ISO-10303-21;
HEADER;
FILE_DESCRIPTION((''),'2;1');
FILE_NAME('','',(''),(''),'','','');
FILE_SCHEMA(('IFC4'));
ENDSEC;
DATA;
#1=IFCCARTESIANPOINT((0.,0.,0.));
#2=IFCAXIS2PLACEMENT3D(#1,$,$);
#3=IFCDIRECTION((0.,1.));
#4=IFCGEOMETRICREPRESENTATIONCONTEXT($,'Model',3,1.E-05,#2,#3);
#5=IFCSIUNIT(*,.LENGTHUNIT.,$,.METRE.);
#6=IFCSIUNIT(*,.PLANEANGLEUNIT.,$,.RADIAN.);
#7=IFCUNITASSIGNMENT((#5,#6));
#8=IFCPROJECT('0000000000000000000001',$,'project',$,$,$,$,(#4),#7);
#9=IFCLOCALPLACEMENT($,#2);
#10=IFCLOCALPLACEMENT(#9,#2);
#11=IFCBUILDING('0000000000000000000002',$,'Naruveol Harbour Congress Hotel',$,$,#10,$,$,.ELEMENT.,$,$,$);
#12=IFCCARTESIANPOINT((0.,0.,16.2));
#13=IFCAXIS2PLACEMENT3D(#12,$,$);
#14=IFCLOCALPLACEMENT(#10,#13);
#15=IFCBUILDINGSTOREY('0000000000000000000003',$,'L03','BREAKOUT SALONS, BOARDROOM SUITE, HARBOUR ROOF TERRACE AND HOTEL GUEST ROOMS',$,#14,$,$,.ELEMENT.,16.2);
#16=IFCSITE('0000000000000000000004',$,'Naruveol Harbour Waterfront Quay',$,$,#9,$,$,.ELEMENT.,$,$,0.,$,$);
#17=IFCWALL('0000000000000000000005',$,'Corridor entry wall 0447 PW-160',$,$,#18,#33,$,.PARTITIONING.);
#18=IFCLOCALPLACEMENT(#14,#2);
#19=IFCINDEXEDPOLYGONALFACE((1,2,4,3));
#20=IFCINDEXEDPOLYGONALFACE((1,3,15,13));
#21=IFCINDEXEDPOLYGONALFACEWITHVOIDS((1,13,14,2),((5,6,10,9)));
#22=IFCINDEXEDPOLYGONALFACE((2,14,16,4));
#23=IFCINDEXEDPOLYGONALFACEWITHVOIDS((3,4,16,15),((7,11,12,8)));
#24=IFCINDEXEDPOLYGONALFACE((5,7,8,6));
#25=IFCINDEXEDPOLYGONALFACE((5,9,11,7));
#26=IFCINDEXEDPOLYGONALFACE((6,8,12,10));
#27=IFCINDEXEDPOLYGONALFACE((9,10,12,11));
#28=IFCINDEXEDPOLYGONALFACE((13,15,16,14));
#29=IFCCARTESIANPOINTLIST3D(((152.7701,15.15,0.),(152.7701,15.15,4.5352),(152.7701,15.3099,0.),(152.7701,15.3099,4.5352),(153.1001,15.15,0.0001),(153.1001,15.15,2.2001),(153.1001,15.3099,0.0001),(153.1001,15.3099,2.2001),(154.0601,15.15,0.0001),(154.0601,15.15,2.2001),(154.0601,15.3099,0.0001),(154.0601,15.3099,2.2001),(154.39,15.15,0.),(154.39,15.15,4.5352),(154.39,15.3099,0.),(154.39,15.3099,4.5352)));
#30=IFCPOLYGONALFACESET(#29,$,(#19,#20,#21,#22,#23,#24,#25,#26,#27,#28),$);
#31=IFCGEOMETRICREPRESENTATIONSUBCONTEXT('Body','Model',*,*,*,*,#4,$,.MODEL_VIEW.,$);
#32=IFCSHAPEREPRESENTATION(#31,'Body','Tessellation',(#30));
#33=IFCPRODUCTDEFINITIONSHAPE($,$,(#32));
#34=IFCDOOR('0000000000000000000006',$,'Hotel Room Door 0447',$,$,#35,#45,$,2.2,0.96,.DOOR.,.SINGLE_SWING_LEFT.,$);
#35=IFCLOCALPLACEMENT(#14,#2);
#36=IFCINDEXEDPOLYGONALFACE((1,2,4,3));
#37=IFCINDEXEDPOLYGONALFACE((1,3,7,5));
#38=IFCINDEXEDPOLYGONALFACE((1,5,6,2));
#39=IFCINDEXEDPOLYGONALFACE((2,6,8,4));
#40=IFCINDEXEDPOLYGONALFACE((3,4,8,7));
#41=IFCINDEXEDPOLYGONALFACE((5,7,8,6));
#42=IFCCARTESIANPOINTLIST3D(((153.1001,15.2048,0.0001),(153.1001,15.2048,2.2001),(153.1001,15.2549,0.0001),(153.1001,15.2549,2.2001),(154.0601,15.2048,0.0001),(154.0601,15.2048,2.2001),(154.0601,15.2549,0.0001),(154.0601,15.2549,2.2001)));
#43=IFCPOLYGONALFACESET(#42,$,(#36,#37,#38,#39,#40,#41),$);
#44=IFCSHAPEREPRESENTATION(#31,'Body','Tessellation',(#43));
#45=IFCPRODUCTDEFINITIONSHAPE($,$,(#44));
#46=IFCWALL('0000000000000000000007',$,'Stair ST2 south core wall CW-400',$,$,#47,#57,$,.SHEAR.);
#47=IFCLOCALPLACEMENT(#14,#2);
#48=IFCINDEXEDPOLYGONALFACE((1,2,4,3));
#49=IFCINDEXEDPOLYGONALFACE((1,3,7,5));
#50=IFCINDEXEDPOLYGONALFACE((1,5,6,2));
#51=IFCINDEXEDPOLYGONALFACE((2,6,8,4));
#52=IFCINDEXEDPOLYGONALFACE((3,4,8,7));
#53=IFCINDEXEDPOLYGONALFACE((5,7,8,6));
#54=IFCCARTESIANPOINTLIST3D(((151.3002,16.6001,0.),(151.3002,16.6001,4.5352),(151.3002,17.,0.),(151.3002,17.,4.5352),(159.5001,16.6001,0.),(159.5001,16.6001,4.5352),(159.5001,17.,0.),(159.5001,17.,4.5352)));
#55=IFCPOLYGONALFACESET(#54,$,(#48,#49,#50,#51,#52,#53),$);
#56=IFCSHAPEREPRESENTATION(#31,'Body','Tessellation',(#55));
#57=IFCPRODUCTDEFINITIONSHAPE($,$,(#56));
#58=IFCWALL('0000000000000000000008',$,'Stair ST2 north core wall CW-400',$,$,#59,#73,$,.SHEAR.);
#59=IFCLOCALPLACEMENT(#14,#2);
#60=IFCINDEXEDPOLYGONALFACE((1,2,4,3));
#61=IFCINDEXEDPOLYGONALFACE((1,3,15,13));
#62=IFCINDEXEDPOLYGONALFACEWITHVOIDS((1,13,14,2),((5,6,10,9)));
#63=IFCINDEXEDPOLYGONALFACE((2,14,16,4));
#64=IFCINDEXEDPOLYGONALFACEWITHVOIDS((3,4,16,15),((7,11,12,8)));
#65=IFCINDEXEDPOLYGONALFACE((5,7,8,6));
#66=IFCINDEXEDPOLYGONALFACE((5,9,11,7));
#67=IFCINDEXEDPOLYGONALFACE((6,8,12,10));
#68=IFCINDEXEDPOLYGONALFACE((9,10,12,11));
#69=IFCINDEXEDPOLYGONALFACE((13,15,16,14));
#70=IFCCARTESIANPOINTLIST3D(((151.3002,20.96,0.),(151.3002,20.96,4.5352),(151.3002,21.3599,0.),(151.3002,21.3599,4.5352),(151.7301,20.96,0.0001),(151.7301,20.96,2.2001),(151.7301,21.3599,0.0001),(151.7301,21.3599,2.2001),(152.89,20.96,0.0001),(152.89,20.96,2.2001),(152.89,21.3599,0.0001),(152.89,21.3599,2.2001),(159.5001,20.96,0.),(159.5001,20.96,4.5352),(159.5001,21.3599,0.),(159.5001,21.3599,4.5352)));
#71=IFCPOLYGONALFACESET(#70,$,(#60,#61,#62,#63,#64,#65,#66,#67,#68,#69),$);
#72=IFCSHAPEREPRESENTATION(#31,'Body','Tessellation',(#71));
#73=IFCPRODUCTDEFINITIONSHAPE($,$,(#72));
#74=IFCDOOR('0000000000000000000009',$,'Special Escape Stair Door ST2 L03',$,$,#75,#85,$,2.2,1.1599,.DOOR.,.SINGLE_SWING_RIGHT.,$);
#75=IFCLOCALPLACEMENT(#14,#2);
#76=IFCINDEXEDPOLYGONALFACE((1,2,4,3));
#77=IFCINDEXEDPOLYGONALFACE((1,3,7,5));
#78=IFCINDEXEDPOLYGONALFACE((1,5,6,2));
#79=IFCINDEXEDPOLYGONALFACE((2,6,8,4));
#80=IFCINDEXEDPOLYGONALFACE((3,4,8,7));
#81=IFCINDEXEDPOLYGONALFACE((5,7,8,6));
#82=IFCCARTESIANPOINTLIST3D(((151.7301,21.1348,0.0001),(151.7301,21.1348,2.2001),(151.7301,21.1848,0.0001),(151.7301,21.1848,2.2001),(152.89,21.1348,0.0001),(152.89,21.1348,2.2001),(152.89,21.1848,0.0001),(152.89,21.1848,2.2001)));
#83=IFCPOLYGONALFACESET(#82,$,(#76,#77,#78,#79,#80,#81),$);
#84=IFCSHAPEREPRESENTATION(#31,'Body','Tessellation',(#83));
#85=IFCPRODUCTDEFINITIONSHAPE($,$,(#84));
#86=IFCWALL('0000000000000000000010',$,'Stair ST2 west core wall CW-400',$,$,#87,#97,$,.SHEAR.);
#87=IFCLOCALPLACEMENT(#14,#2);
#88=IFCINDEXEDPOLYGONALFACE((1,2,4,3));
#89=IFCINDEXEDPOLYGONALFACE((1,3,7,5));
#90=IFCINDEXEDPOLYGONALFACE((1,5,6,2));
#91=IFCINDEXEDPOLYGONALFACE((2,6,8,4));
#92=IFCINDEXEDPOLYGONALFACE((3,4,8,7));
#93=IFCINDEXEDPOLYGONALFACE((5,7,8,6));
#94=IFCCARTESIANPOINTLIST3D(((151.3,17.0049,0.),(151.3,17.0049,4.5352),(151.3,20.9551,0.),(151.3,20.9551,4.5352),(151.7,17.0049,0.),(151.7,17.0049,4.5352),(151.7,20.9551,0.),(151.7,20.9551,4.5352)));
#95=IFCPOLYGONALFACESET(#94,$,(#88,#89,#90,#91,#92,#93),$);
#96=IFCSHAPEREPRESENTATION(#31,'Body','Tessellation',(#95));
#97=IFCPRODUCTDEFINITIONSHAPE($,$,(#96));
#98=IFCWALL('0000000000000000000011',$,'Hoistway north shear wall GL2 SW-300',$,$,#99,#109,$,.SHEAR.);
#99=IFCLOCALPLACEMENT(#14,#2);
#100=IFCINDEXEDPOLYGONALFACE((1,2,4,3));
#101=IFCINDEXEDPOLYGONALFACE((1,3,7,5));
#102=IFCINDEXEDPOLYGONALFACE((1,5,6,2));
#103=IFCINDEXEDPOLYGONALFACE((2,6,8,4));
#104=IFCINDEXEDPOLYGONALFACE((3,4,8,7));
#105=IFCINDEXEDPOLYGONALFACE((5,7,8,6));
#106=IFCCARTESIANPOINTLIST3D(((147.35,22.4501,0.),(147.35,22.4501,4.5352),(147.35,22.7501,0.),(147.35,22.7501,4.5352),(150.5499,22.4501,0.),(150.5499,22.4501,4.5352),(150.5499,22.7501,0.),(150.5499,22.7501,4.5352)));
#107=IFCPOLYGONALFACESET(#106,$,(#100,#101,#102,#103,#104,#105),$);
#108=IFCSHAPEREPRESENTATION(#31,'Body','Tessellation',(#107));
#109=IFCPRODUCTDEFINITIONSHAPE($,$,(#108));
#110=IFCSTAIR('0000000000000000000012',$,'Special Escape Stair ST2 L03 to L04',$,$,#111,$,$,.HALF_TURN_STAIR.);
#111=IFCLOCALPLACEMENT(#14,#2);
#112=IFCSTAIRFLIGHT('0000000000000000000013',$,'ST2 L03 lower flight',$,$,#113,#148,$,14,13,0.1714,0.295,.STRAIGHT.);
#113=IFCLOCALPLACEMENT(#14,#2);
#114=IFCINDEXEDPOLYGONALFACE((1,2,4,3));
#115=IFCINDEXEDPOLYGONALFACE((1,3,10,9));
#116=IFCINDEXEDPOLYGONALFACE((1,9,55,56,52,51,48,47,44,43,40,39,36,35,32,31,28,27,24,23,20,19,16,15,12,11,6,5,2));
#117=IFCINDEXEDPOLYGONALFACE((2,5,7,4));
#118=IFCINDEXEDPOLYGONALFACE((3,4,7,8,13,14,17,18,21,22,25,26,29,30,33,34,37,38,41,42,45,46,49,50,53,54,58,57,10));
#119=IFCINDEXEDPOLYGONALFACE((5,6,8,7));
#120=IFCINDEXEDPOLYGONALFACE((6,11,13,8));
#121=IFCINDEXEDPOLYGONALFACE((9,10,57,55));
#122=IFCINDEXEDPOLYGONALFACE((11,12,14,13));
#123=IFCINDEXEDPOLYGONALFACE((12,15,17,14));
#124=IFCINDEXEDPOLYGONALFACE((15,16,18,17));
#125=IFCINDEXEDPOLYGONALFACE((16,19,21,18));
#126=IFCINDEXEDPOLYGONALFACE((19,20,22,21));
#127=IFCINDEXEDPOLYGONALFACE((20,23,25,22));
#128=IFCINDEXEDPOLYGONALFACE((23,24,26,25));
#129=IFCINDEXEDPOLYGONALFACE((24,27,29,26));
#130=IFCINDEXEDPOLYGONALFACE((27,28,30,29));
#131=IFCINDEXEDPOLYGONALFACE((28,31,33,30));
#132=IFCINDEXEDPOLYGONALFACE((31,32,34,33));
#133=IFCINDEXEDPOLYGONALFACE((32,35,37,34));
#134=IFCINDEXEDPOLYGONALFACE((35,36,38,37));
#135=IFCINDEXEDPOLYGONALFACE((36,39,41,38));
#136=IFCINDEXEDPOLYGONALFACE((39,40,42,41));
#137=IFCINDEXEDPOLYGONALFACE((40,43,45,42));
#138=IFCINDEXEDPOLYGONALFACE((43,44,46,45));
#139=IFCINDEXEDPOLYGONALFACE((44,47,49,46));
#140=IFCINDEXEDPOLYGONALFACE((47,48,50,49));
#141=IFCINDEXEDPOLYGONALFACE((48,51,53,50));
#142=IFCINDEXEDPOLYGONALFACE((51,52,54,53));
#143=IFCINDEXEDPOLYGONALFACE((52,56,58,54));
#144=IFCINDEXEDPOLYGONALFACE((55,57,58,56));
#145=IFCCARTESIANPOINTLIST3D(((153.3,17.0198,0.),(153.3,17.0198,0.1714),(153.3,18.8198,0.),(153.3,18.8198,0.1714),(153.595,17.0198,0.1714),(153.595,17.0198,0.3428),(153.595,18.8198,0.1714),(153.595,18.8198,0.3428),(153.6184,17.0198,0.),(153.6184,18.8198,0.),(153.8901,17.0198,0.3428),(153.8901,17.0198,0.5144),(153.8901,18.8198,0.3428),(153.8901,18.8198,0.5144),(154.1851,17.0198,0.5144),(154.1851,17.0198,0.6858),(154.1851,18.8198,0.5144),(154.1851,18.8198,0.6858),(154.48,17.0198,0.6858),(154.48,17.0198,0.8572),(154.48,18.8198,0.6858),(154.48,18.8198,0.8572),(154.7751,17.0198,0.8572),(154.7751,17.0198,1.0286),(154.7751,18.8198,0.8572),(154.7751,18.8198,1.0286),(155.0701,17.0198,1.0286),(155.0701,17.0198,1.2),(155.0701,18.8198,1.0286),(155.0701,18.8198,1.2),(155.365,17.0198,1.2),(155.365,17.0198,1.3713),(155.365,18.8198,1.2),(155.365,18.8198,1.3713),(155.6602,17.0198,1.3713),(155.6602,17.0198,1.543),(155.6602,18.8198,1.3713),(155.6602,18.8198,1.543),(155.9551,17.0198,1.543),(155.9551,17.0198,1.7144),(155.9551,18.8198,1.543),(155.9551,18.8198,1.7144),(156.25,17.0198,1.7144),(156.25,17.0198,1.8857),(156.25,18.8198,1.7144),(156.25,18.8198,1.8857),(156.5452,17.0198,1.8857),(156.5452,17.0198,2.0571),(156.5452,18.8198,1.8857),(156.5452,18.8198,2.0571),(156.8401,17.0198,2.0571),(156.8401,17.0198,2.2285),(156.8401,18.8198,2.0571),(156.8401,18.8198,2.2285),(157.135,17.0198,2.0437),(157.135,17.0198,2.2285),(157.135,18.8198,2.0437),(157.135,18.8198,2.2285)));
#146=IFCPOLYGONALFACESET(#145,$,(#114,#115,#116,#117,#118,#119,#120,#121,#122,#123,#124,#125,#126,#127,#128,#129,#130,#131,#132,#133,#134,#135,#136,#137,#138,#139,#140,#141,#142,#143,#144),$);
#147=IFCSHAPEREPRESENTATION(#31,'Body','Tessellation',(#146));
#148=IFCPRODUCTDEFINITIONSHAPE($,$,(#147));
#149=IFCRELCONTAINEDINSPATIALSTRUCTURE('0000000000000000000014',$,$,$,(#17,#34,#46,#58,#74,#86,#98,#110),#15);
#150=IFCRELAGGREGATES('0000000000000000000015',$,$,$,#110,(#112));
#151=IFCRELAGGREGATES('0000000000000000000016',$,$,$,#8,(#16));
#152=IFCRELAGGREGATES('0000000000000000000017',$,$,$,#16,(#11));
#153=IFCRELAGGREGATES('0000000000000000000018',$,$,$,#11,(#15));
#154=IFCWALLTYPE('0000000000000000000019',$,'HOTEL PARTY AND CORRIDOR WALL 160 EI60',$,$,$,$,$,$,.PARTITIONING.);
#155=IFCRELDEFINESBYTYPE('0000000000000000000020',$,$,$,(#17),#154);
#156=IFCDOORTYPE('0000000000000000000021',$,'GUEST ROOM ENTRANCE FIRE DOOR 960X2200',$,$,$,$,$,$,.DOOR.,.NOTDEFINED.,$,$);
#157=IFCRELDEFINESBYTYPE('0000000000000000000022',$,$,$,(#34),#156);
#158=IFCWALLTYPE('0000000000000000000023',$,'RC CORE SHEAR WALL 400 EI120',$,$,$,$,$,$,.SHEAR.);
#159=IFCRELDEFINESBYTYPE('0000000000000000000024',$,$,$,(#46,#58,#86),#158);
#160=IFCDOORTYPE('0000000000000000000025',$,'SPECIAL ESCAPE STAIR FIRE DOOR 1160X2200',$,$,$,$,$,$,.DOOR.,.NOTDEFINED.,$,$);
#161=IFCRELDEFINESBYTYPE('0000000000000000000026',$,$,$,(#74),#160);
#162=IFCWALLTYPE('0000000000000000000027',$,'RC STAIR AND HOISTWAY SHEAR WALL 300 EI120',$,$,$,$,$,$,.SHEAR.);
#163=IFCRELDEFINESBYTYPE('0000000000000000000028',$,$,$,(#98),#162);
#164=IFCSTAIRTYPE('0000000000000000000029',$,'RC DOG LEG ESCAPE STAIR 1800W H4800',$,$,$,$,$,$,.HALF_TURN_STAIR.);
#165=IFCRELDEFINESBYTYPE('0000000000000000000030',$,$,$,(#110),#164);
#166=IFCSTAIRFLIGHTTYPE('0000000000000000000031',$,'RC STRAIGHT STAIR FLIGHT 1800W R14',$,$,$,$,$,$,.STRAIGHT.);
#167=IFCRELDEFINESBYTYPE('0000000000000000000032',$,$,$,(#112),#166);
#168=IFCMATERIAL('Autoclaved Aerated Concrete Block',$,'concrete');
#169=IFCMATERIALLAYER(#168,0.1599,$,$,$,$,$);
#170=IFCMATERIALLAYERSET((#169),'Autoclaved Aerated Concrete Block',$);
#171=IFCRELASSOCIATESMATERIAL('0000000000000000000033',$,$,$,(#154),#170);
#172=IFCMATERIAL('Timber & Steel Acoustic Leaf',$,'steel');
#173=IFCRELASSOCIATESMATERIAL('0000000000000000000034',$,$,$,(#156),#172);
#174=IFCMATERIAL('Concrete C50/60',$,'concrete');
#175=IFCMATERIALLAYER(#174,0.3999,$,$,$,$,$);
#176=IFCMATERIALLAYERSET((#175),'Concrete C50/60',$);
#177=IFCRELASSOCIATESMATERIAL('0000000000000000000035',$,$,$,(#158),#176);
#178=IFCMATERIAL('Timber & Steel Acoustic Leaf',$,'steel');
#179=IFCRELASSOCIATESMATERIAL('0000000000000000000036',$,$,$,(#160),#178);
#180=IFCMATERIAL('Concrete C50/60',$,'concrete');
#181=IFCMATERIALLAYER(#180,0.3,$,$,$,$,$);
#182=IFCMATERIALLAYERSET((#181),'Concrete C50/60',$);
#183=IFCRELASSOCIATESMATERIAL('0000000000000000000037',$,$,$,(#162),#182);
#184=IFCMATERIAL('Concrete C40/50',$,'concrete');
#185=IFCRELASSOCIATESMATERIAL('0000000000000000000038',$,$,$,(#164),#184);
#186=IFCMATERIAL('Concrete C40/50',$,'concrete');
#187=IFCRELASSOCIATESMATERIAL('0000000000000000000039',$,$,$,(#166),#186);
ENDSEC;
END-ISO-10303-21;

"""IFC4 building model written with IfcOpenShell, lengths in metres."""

from ifc_helpers import new_model, si_unit, direction, frame, frame_2d, origin, place, context, subcontext, project, spatial, polyline, rectangle, outline, extrude, material, layer, layer_set, type_object, element, fill, aggregate, save


model = new_model("IFC4")

# Units and contexts
model_context = context("Model", 3, precision=1e-05, world=origin(), true_north=direction((0.0, 1.0)))
body_context = subcontext(model_context, "Body", "Model", "MODEL_VIEW")
ifc_project = project(units=[si_unit("LENGTHUNIT", "METRE"), si_unit("PLANEANGLEUNIT", "RADIAN")], contexts=[model_context])

# Site, building, storey
site_placement = place(None, origin())
site = spatial("IfcSite", under=ifc_project, at=site_placement, Name="Naruveol Harbour Waterfront Quay", CompositionType="ELEMENT", RefElevation=0.0)
building_placement = place(site_placement, origin())
building = spatial("IfcBuilding", under=site, at=building_placement, Name="Naruveol Harbour Congress Hotel", CompositionType="ELEMENT")
storey_placement = place(building_placement, frame((0.0, 0.0, 16.2)))
storey = spatial("IfcBuildingStorey", under=building, at=storey_placement, Name="L03", Description="BREAKOUT SALONS, BOARDROOM SUITE, HARBOUR ROOF TERRACE AND HOTEL GUEST ROOMS", CompositionType="ELEMENT", Elevation=16.2)

# Shared definitions
ifc_material_1 = material(Name="Autoclaved Aerated Concrete Block", Category="concrete")
ifc_layer_1 = layer(ifc_material_1, 0.1599)
ifc_layer_set_1 = layer_set([ifc_layer_1], Name="Autoclaved Aerated Concrete Block")
wall_type_1 = type_object("IfcWallType", Name="HOTEL PARTY AND CORRIDOR WALL 160 EI60", PredefinedType="PARTITIONING", material=ifc_layer_set_1)

# Wall, opening, door
wall_1_placement = place(storey_placement, frame((152.77, 15.23, 0.0), z_axis=(0.0, 0.0, 1.0), x_axis=(1.0, 0.0, 0.0)))
wall_1 = element("IfcWall", 1, at=wall_1_placement, inside=storey, type_object=wall_type_1, Name="Corridor entry wall 0447 PW-160", PredefinedType="PARTITIONING", context=body_context, shape_type="SweptSolid", body=[
    extrude(rectangle(XDim=1.6199, YDim=0.1599, at=frame_2d((0.8101, 0.0))), origin(), (0.0, 0.0, 1.0), 4.5352),
])
opening_1_placement = place(wall_1_placement, frame((0.3301, 0.0, 0.0)))
opening_1 = element("IfcOpeningElement", 2, at=opening_1_placement, cuts=wall_1, PredefinedType="OPENING", context=body_context, shape_type="SweptSolid", body=[
    extrude(rectangle(XDim=0.96, YDim=2.2, at=frame_2d((0.48, 1.1001))), frame((0.0, 0.0898, 0.0), z_axis=(0.0, -1.0, 0.0), x_axis=(1.0, 0.0, 0.0)), (0.0, 0.0, 1.0), 0.1799),
])
ifc_material_2 = material(Name="Timber & Steel Acoustic Leaf", Category="steel")
door_type_1 = type_object("IfcDoorType", Name="GUEST ROOM ENTRANCE FIRE DOOR 960X2200", OperationType="NOTDEFINED", PredefinedType="DOOR", material=ifc_material_2)
door_1_placement = place(opening_1_placement, origin())
door_1 = element("IfcDoor", 3, at=door_1_placement, inside=storey, type_object=door_type_1, Name="Hotel Room Door 0447", OperationType="SINGLE_SWING_LEFT", OverallHeight=2.2, OverallWidth=0.96, PredefinedType="DOOR", context=body_context, shape_type="SweptSolid", body=[
    extrude(rectangle(XDim=0.96, YDim=2.2, at=frame_2d((0.48, 1.1001))), frame((0.0, 0.0249, 0.0), z_axis=(0.0, -1.0, 0.0), x_axis=(1.0, 0.0, 0.0)), (0.0, 0.0, 1.0), 0.05),
])
fill(opening_1, door_1)

# Wall
ifc_material_3 = material(Name="Concrete C50/60", Category="concrete")
ifc_layer_2 = layer(ifc_material_3, 0.3999)
ifc_layer_set_2 = layer_set([ifc_layer_2], Name="Concrete C50/60")
wall_type_2 = type_object("IfcWallType", Name="RC CORE SHEAR WALL 400 EI120", PredefinedType="SHEAR", material=ifc_layer_set_2)
wall_2_placement = place(storey_placement, frame((151.3, 16.8, 0.0), z_axis=(0.0, 0.0, 1.0), x_axis=(1.0, 0.0, 0.0)))
element("IfcWall", 4, at=wall_2_placement, inside=storey, type_object=wall_type_2, Name="Stair ST2 south core wall CW-400", PredefinedType="SHEAR", context=body_context, shape_type="SweptSolid", body=[
    extrude(rectangle(XDim=8.2, YDim=0.3999, at=frame_2d((4.1001, 0.0))), origin(), (0.0, 0.0, 1.0), 4.5352),
])

# Wall, opening, door
wall_3_placement = place(storey_placement, frame((151.3, 21.1599, 0.0), z_axis=(0.0, 0.0, 1.0), x_axis=(1.0, 0.0, 0.0)))
wall_3 = element("IfcWall", 5, at=wall_3_placement, inside=storey, type_object=wall_type_2, Name="Stair ST2 north core wall CW-400", PredefinedType="SHEAR", context=body_context, shape_type="SweptSolid", body=[
    extrude(rectangle(XDim=8.2, YDim=0.3999, at=frame_2d((4.1001, 0.0))), origin(), (0.0, 0.0, 1.0), 4.5352),
])
opening_2_placement = place(wall_3_placement, frame((0.4299, 0.0, 0.0)))
opening_2 = element("IfcOpeningElement", 6, at=opening_2_placement, cuts=wall_3, PredefinedType="OPENING", context=body_context, shape_type="SweptSolid", body=[
    extrude(rectangle(XDim=1.1599, YDim=2.2, at=frame_2d((0.5801, 1.1001))), frame((0.0, 0.21, 0.0), z_axis=(0.0, -1.0, 0.0), x_axis=(1.0, 0.0, 0.0)), (0.0, 0.0, 1.0), 0.4199),
])
ifc_material_4 = material(Name="Timber & Steel Acoustic Leaf", Category="steel")
door_type_2 = type_object("IfcDoorType", Name="SPECIAL ESCAPE STAIR FIRE DOOR 1160X2200", OperationType="NOTDEFINED", PredefinedType="DOOR", material=ifc_material_4)
door_2_placement = place(opening_2_placement, origin())
door_2 = element("IfcDoor", 7, at=door_2_placement, inside=storey, type_object=door_type_2, Name="Special Escape Stair Door ST2 L03", OperationType="SINGLE_SWING_RIGHT", OverallHeight=2.2, OverallWidth=1.1599, PredefinedType="DOOR", context=body_context, shape_type="SweptSolid", body=[
    extrude(rectangle(XDim=1.1599, YDim=2.2, at=frame_2d((0.5801, 1.1001))), frame((0.0, 0.0249, 0.0), z_axis=(0.0, -1.0, 0.0), x_axis=(1.0, 0.0, 0.0)), (0.0, 0.0, 1.0), 0.05),
])
fill(opening_2, door_2)

# Walls
wall_4_placement = place(storey_placement, frame((151.5, 17.0049, 0.0), z_axis=(0.0, 0.0, 1.0), x_axis=(0.0, 1.0, 0.0)))
element("IfcWall", 8, at=wall_4_placement, inside=storey, type_object=wall_type_2, Name="Stair ST2 west core wall CW-400", PredefinedType="SHEAR", context=body_context, shape_type="SweptSolid", body=[
    extrude(rectangle(XDim=3.9502, YDim=0.3999, at=frame_2d((1.9751, 0.0))), origin(), (0.0, 0.0, 1.0), 4.5352),
])
ifc_material_5 = material(Name="Concrete C50/60", Category="concrete")
ifc_layer_3 = layer(ifc_material_5, 0.3)
ifc_layer_set_3 = layer_set([ifc_layer_3], Name="Concrete C50/60")
wall_type_3 = type_object("IfcWallType", Name="RC STAIR AND HOISTWAY SHEAR WALL 300 EI120", PredefinedType="SHEAR", material=ifc_layer_set_3)
wall_5_placement = place(storey_placement, frame((150.55, 22.6001, 0.0), z_axis=(0.0, 0.0, 1.0), x_axis=(-1.0, 0.0, 0.0)))
element("IfcWall", 9, at=wall_5_placement, inside=storey, type_object=wall_type_3, Name="Hoistway north shear wall GL2 SW-300", PredefinedType="SHEAR", context=body_context, shape_type="SweptSolid", body=[
    extrude(rectangle(XDim=3.2, YDim=0.3, at=frame_2d((1.6001, 0.0))), origin(), (0.0, 0.0, 1.0), 4.5352),
])

# Stair, stair flight
ifc_material_6 = material(Name="Concrete C40/50", Category="concrete")
stair_type = type_object("IfcStairType", Name="RC DOG LEG ESCAPE STAIR 1800W H4800", PredefinedType="HALF_TURN_STAIR", material=ifc_material_6)
stair_placement = place(storey_placement, origin())
stair = element("IfcStair", 10, at=stair_placement, inside=storey, type_object=stair_type, Name="Special Escape Stair ST2 L03 to L04", PredefinedType="HALF_TURN_STAIR")
ifc_material_7 = material(Name="Concrete C40/50", Category="concrete")
stair_flight_type = type_object("IfcStairFlightType", Name="RC STRAIGHT STAIR FLIGHT 1800W R14", PredefinedType="STRAIGHT", material=ifc_material_7)
stair_flight_placement = place(storey_placement, frame((153.3, 17.9199, 0.0), z_axis=(0.0, 0.0, 1.0), x_axis=(1.0, 0.0, 0.0)))
stair_flight = element("IfcStairFlight", 11, at=stair_flight_placement, type_object=stair_flight_type, Name="ST2 L03 lower flight", NumberOfRisers=14, NumberOfTreads=13, PredefinedType="STRAIGHT", RiserHeight=0.1714, TreadLength=0.295, context=body_context, shape_type="SweptSolid", body=[
    extrude(outline(polyline([(0.0, 0.0), (0.0, 0.1714), (0.2949, 0.1714), (0.2949, 0.3428), (0.5901, 0.3428), (0.5901, 0.5144), (0.885, 0.5144), (0.885, 0.6858), (1.1799, 0.6858), (1.1799, 0.8572), (1.4751, 0.8572), (1.4751, 1.0286), (1.77, 1.0286), (1.77, 1.2), (2.0649, 1.2), (2.0649, 1.3713), (2.3601, 1.3713), (2.3601, 1.543), (2.655, 1.543), (2.655, 1.7144), (2.95, 1.7144), (2.95, 1.8857), (3.2451, 1.8857), (3.2451, 2.0571), (3.54, 2.0571), (3.54, 2.2285), (3.835, 2.2285), (3.835, 2.3999), (3.835, 2.0437), (0.3184, 0.0), (0.0, 0.0)])), frame((0.0, 0.8999, 0.0), z_axis=(0.0, -1.0, 0.0), x_axis=(1.0, 0.0, 0.0)), (0.0, 0.0, 1.0), 1.8),
])
aggregate(stair, [stair_flight])

save(model, "model.ifc")
